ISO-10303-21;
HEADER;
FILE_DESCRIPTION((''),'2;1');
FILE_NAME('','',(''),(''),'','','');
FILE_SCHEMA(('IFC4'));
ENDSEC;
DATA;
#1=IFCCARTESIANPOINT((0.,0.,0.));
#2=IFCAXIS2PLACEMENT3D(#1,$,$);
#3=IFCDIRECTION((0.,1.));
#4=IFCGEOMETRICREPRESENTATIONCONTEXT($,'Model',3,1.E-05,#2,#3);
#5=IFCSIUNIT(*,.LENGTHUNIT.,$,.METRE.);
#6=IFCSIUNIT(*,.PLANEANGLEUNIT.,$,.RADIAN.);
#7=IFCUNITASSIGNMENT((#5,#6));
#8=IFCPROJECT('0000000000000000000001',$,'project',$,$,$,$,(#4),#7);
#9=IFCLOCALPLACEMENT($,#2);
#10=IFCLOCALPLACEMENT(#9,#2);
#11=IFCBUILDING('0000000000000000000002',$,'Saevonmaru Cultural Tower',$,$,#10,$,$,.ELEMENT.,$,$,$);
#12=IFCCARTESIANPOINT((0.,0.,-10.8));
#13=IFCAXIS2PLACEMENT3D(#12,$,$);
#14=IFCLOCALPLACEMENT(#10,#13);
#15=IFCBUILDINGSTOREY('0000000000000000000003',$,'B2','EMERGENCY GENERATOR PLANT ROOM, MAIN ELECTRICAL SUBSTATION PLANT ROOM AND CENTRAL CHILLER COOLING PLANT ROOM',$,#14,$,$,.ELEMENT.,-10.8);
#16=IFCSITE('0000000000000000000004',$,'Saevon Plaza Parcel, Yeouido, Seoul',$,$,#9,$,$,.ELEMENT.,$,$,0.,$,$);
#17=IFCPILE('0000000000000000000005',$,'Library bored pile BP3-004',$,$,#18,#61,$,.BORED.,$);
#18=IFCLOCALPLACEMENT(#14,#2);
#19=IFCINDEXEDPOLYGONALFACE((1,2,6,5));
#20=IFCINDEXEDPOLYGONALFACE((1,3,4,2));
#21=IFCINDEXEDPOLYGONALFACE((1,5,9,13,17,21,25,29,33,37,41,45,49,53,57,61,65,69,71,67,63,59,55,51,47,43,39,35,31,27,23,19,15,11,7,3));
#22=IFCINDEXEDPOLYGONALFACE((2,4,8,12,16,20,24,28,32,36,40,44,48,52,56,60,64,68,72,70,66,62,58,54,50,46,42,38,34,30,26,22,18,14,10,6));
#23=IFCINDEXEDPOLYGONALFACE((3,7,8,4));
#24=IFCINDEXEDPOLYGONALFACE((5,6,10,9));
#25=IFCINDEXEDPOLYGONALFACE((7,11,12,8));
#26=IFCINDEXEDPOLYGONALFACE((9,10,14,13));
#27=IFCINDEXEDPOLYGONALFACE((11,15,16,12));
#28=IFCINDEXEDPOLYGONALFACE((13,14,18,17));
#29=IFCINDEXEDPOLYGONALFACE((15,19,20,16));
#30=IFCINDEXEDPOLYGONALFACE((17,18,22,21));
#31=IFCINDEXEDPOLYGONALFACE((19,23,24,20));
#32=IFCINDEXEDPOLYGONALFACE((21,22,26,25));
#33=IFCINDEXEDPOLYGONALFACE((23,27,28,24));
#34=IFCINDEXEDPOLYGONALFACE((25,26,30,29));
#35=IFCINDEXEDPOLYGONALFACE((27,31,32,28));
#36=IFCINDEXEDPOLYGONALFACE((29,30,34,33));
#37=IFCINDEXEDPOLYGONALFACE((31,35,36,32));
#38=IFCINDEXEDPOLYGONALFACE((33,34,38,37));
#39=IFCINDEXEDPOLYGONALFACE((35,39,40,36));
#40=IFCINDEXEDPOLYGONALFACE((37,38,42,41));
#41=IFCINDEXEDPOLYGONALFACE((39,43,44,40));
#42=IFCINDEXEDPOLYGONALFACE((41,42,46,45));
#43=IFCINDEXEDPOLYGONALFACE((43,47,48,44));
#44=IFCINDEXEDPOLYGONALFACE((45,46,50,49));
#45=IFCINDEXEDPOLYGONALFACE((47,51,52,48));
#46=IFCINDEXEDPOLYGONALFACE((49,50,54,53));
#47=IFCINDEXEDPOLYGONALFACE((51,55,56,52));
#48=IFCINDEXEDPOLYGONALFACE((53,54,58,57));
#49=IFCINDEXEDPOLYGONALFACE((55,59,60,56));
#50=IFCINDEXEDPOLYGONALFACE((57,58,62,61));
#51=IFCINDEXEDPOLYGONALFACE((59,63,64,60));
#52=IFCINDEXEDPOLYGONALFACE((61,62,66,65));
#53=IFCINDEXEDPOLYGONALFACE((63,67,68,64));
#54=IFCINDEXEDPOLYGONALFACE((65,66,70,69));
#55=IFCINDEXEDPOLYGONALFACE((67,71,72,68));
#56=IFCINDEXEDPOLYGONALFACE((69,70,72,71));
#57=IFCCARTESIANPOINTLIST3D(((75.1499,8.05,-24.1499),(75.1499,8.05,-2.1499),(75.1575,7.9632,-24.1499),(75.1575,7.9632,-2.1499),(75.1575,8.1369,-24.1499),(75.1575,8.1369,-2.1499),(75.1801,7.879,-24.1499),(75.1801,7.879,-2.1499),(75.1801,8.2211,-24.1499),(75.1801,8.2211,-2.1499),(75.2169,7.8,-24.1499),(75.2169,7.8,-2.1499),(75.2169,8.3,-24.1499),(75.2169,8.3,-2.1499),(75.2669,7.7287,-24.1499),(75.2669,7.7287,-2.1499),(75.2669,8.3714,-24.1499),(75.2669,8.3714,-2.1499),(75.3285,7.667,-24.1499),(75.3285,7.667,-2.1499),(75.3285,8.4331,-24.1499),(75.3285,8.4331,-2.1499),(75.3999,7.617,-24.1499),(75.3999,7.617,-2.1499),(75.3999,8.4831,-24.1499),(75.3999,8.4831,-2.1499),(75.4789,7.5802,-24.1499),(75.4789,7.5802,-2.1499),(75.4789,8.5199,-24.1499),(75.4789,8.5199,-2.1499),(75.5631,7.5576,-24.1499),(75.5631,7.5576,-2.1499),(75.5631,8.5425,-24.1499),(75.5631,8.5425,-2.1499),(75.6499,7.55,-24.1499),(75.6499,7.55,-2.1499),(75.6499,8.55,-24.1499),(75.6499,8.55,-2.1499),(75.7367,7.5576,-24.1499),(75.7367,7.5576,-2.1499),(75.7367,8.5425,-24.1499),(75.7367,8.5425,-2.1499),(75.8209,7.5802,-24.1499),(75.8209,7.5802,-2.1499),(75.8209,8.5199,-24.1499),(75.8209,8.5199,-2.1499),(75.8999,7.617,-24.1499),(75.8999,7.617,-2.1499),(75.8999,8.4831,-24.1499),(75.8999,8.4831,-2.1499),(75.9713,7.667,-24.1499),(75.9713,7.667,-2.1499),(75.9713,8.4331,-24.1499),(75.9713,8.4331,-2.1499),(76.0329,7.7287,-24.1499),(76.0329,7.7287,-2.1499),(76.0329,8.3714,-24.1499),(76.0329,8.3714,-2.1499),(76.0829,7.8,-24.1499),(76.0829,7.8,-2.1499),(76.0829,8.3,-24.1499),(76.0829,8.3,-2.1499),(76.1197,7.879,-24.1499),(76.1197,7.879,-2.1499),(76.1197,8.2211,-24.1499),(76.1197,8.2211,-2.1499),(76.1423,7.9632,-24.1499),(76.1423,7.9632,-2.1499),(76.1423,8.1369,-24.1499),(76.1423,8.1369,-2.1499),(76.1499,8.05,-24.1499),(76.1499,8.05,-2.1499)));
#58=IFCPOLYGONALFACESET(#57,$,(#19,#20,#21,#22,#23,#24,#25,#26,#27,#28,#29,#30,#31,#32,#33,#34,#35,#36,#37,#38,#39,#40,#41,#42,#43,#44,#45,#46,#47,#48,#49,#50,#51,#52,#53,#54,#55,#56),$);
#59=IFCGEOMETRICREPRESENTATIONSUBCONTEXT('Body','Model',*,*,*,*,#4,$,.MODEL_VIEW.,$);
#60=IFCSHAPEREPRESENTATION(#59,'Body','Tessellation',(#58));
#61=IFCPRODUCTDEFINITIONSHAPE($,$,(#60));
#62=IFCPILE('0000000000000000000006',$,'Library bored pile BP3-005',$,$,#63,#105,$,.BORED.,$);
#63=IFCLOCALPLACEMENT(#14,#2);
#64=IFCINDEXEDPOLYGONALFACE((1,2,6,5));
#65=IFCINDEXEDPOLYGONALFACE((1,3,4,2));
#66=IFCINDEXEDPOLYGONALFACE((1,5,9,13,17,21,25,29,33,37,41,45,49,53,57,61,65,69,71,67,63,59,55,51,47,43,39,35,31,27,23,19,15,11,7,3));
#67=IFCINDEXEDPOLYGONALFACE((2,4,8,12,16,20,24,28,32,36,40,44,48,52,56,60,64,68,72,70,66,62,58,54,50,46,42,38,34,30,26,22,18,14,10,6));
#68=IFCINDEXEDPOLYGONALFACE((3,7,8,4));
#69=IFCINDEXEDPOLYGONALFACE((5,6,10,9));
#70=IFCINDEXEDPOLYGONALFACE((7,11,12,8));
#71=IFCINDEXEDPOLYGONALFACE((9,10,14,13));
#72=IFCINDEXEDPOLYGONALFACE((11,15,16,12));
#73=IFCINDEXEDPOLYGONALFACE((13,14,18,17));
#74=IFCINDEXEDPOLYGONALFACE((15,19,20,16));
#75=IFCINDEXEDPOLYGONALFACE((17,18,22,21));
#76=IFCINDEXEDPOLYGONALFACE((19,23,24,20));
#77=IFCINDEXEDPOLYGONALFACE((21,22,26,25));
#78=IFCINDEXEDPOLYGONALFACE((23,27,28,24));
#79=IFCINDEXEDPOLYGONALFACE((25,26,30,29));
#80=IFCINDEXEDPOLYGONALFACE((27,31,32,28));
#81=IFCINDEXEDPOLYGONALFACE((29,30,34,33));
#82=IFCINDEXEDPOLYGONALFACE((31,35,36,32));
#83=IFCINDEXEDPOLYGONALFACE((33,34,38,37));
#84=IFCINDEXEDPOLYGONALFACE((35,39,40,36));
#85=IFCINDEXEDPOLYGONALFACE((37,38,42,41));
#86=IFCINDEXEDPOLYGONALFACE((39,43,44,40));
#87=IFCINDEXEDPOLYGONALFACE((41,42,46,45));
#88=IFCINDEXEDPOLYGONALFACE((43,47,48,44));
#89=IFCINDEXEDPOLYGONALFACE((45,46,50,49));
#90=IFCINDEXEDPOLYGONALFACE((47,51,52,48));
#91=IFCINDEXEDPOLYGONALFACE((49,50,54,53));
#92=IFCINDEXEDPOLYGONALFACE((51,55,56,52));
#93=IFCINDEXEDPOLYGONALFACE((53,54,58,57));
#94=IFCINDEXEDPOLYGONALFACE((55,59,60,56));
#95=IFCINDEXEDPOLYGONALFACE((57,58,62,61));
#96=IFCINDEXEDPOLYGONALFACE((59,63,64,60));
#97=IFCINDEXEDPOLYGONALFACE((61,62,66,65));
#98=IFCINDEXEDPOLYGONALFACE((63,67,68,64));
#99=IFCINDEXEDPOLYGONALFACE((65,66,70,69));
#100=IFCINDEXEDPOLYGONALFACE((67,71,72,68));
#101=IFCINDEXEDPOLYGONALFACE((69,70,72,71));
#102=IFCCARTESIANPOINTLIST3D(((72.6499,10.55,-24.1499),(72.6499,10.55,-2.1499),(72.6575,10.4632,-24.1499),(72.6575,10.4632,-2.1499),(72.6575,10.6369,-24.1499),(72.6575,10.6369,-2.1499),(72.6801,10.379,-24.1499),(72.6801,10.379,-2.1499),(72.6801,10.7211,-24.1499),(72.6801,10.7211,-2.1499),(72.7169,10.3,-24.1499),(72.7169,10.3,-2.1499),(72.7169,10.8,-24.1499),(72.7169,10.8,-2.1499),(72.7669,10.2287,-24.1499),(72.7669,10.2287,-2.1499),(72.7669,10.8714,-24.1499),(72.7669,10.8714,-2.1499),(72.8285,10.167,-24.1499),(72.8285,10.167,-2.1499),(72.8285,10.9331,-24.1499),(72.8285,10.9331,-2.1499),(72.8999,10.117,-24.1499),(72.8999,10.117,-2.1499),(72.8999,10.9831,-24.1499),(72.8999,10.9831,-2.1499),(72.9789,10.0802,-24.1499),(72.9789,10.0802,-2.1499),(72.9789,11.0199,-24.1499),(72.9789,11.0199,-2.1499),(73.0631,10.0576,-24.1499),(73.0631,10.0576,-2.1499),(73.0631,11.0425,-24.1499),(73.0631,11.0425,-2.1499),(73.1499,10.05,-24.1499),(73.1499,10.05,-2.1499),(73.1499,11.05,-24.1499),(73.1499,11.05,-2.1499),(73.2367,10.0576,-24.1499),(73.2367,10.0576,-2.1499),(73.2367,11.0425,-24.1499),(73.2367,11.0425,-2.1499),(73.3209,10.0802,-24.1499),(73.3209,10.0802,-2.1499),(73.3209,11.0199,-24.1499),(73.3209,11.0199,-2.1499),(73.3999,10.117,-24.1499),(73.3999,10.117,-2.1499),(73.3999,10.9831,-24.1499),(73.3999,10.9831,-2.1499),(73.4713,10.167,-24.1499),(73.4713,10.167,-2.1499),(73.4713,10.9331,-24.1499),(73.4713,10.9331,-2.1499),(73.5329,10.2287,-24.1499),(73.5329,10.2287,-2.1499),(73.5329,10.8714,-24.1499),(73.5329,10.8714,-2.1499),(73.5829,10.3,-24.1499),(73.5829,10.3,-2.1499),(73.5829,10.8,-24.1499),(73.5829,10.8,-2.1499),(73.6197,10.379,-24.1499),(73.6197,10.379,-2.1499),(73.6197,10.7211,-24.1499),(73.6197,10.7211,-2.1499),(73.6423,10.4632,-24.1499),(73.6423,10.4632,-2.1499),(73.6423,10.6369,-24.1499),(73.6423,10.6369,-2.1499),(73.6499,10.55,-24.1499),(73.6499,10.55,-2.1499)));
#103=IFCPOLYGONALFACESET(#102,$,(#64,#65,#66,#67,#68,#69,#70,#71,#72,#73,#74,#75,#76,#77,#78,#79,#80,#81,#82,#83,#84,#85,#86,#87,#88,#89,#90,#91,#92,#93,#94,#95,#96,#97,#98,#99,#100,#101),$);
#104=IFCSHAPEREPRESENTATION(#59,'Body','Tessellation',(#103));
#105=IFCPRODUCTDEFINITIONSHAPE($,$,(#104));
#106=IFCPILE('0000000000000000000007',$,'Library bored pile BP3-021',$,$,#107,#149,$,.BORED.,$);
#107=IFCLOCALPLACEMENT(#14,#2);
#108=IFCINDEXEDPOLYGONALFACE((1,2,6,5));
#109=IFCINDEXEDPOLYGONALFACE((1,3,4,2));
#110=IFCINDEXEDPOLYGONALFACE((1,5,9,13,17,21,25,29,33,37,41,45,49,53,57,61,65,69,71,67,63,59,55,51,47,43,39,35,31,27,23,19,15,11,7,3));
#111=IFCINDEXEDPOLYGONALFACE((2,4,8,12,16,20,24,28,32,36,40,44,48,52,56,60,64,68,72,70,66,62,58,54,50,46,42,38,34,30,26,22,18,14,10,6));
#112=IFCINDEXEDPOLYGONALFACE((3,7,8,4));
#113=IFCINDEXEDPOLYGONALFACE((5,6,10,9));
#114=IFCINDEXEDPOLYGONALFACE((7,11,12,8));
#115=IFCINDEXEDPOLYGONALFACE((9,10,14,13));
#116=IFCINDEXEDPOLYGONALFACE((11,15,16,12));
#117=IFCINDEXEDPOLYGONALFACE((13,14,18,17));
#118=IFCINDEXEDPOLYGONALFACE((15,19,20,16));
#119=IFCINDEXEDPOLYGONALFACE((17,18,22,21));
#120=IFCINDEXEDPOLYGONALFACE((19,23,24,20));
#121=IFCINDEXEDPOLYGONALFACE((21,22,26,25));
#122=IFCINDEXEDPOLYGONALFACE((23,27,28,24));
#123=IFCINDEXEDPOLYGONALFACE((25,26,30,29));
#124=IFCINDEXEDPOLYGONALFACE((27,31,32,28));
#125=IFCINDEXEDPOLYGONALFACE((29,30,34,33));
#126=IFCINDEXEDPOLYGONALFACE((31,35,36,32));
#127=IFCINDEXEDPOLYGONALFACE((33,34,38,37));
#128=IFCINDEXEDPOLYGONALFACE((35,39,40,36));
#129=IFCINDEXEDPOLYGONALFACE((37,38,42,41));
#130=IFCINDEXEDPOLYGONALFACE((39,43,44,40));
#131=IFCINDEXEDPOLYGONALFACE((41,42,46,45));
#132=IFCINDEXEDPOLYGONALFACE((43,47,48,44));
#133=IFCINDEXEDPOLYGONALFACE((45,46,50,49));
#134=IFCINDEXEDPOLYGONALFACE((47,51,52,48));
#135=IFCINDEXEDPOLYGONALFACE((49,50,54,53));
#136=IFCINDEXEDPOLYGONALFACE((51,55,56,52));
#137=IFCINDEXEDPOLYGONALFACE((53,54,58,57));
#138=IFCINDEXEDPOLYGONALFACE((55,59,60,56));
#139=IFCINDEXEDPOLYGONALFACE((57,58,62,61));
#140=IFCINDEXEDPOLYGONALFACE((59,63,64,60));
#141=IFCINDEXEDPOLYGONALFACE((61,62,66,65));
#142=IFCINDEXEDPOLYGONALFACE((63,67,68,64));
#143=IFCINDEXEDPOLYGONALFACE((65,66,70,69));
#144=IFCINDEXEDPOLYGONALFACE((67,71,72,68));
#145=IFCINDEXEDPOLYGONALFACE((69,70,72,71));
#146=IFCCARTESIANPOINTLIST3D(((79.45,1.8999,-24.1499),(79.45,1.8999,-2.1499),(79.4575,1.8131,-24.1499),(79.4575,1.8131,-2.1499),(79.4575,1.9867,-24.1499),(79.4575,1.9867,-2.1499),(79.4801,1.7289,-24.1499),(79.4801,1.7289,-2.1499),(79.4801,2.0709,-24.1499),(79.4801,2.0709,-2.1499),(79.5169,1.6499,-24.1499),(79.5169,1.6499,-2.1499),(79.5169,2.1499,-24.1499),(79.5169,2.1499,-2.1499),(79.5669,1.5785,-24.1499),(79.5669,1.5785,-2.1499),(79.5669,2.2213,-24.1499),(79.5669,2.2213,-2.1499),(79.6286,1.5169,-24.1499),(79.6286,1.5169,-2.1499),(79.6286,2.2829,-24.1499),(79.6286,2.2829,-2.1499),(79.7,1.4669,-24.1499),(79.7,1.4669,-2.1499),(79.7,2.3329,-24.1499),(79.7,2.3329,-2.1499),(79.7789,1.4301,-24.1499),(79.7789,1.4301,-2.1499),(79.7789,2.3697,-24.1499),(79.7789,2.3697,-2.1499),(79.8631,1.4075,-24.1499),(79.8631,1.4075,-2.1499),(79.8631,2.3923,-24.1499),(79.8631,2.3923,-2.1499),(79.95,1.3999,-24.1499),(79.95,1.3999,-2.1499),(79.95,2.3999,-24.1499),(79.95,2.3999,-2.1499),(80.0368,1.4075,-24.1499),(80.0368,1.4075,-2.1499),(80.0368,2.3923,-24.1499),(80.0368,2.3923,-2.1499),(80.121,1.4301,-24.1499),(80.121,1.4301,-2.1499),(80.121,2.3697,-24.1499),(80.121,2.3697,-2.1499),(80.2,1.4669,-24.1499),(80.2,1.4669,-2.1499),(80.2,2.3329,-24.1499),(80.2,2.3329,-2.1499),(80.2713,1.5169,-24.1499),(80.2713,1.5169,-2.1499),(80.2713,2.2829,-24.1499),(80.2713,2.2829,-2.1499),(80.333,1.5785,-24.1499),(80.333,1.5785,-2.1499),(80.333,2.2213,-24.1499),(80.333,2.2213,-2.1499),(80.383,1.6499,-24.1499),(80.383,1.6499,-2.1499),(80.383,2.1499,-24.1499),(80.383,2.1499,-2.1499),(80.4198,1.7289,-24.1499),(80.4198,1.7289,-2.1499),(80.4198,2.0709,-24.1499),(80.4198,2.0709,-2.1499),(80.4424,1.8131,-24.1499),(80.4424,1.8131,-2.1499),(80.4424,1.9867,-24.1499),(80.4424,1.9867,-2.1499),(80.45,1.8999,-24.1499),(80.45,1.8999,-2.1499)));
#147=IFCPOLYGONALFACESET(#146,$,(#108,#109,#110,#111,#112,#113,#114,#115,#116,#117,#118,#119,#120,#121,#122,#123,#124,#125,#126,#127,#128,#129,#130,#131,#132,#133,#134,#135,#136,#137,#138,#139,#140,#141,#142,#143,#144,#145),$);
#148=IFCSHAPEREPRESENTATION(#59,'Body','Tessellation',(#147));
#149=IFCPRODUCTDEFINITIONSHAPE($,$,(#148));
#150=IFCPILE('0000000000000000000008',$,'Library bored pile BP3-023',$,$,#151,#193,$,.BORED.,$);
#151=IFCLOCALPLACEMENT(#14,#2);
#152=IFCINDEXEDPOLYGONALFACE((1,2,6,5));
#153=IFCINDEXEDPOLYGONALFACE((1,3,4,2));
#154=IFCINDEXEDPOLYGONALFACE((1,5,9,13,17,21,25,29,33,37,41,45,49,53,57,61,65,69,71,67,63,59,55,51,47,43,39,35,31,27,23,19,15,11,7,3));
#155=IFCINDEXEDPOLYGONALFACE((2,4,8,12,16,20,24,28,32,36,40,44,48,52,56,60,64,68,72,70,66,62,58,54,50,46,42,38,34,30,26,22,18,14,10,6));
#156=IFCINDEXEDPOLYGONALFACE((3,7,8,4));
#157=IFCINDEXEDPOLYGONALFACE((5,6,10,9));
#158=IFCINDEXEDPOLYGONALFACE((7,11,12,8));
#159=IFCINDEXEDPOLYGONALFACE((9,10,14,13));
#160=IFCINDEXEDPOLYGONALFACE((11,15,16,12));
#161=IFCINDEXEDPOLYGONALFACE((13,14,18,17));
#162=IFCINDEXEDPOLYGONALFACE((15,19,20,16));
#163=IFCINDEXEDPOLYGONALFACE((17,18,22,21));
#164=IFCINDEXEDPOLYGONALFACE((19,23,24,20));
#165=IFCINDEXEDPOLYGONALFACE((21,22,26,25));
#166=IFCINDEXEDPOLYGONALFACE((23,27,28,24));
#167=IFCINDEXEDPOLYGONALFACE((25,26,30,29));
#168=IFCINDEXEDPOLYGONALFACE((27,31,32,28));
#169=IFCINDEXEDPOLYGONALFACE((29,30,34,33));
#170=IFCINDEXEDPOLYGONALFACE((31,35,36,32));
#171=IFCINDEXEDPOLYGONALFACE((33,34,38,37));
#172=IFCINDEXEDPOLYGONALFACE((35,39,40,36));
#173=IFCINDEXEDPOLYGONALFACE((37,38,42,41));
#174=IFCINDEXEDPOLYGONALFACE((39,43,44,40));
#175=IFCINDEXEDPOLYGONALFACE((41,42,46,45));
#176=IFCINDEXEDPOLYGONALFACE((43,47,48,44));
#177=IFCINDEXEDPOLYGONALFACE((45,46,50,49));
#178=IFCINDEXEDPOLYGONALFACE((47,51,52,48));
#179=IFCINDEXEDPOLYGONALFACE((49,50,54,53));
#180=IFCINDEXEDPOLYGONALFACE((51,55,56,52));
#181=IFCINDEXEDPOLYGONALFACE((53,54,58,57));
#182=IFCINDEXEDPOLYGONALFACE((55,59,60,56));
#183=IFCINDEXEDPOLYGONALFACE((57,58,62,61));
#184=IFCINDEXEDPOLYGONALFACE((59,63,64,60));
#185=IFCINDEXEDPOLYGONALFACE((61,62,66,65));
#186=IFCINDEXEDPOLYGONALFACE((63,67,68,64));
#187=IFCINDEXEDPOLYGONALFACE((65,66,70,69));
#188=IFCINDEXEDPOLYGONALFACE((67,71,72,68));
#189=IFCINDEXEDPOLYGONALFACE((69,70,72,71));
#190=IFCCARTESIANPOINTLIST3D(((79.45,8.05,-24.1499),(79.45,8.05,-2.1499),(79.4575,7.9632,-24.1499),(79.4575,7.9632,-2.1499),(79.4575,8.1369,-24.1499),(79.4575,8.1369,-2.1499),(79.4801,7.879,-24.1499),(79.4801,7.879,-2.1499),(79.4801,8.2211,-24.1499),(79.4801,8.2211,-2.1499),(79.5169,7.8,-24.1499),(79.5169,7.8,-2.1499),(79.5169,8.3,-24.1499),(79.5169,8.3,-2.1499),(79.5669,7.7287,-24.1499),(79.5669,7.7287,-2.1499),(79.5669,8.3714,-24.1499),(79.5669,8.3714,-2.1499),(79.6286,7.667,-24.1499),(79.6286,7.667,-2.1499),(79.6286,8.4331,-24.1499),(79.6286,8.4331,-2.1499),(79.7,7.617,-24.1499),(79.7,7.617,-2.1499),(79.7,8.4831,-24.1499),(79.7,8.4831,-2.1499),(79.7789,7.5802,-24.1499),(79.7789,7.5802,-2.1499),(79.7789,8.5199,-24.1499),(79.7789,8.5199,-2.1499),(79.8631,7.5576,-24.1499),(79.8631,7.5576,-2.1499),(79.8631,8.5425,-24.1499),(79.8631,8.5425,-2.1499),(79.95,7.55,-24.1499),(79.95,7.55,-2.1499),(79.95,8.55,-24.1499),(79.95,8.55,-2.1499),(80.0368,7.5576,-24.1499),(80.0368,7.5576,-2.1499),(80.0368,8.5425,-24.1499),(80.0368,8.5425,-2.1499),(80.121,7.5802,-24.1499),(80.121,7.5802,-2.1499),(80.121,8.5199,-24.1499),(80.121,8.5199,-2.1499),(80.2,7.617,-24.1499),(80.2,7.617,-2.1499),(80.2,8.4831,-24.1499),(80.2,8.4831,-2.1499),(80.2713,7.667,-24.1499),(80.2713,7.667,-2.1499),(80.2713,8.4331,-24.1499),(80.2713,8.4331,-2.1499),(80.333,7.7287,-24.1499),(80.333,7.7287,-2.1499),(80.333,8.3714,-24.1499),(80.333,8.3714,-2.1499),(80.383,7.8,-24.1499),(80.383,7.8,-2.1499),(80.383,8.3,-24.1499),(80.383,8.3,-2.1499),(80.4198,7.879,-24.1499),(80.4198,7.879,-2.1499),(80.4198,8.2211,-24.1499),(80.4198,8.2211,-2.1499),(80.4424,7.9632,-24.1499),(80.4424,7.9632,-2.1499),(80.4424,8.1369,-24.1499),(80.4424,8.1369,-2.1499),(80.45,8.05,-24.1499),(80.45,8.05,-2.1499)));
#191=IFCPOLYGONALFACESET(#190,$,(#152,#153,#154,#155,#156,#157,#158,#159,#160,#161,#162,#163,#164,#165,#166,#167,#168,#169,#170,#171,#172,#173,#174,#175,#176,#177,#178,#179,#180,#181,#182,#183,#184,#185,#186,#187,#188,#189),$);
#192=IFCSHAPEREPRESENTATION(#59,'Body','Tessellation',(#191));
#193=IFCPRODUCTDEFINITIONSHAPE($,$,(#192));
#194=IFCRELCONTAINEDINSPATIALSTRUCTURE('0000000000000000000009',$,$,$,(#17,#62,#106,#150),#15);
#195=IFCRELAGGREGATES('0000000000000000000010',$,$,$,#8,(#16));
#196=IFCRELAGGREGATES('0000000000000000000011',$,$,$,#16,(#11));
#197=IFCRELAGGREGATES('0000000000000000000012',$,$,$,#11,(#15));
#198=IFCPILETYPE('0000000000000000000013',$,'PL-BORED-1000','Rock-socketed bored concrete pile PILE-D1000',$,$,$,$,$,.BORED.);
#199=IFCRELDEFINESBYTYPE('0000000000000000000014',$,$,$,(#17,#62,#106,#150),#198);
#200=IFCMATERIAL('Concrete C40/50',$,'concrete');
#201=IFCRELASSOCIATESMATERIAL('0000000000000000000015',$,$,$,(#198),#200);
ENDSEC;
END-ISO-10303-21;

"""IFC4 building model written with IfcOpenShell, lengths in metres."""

from ifc_helpers import new_model, si_unit, direction, frame, origin, origin_2d, place, context, subcontext, project, spatial, circle, extrude, material, material_profile, profile_set, type_object, element, save


model = new_model("IFC4")

# Units and contexts
model_context = context("Model", 3, precision=1e-05, world=origin(), true_north=direction((0.0, 1.0)))
body_context = subcontext(model_context, "Body", "Model", "MODEL_VIEW")
ifc_project = project(units=[si_unit("LENGTHUNIT", "METRE"), si_unit("PLANEANGLEUNIT", "RADIAN")], contexts=[model_context])

# Site, building, storey
site_placement = place(None, origin())
site = spatial("IfcSite", under=ifc_project, at=site_placement, Name="Saevon Plaza Parcel, Yeouido, Seoul", CompositionType="ELEMENT", RefElevation=0.0)
building_placement = place(site_placement, origin())
building = spatial("IfcBuilding", under=site, at=building_placement, Name="Saevonmaru Cultural Tower", CompositionType="ELEMENT")
storey_placement = place(building_placement, frame((0.0, 0.0, -10.8)))
storey = spatial("IfcBuildingStorey", under=building, at=storey_placement, Name="B2", Description="EMERGENCY GENERATOR PLANT ROOM, MAIN ELECTRICAL SUBSTATION PLANT ROOM AND CENTRAL CHILLER COOLING PLANT ROOM", CompositionType="ELEMENT", Elevation=-10.8)

# Piles
ifc_material_1 = material(Name="Concrete C40/50", Category="concrete")
ifc_material_profile_1 = material_profile(ifc_material_1, circle(Radius=0.5, at=origin_2d()), Name="PILE-D1000")
ifc_profile_set_1 = profile_set([ifc_material_profile_1], Name="Concrete C40/50")
pile_type_1 = type_object("IfcPileType", Name="PL-BORED-1000", Description="Rock-socketed bored concrete pile PILE-D1000", PredefinedType="BORED", material=ifc_profile_set_1)
for number, where, z_axis, x_axis, name in (
    (1, (75.6499, 8.05, -2.1499), (0.0, 0.0, -1.0), (1.0, 0.0, 0.0), "Library bored pile BP3-004"),
    (2, (73.1499, 10.55, -2.1499), (0.0, 0.0, -1.0), (1.0, 0.0, 0.0), "Library bored pile BP3-005"),
    (3, (79.95, 1.8999, -2.1499), (0.0, 0.0, -1.0), (1.0, 0.0, 0.0), "Library bored pile BP3-021"),
    (4, (79.95, 8.05, -2.1499), (0.0, 0.0, -1.0), (1.0, 0.0, 0.0), "Library bored pile BP3-023"),
):
    element("IfcPile", number, at=place(storey_placement, frame(where, z_axis=z_axis, x_axis=x_axis)), inside=storey, type_object=pile_type_1, Name=name, PredefinedType="BORED", context=body_context, shape_type="SweptSolid", body=[
        extrude(circle(Radius=0.5, at=origin_2d()), origin(), (0.0, 0.0, 1.0), 22.0),
    ])

save(model, "model.ifc")
